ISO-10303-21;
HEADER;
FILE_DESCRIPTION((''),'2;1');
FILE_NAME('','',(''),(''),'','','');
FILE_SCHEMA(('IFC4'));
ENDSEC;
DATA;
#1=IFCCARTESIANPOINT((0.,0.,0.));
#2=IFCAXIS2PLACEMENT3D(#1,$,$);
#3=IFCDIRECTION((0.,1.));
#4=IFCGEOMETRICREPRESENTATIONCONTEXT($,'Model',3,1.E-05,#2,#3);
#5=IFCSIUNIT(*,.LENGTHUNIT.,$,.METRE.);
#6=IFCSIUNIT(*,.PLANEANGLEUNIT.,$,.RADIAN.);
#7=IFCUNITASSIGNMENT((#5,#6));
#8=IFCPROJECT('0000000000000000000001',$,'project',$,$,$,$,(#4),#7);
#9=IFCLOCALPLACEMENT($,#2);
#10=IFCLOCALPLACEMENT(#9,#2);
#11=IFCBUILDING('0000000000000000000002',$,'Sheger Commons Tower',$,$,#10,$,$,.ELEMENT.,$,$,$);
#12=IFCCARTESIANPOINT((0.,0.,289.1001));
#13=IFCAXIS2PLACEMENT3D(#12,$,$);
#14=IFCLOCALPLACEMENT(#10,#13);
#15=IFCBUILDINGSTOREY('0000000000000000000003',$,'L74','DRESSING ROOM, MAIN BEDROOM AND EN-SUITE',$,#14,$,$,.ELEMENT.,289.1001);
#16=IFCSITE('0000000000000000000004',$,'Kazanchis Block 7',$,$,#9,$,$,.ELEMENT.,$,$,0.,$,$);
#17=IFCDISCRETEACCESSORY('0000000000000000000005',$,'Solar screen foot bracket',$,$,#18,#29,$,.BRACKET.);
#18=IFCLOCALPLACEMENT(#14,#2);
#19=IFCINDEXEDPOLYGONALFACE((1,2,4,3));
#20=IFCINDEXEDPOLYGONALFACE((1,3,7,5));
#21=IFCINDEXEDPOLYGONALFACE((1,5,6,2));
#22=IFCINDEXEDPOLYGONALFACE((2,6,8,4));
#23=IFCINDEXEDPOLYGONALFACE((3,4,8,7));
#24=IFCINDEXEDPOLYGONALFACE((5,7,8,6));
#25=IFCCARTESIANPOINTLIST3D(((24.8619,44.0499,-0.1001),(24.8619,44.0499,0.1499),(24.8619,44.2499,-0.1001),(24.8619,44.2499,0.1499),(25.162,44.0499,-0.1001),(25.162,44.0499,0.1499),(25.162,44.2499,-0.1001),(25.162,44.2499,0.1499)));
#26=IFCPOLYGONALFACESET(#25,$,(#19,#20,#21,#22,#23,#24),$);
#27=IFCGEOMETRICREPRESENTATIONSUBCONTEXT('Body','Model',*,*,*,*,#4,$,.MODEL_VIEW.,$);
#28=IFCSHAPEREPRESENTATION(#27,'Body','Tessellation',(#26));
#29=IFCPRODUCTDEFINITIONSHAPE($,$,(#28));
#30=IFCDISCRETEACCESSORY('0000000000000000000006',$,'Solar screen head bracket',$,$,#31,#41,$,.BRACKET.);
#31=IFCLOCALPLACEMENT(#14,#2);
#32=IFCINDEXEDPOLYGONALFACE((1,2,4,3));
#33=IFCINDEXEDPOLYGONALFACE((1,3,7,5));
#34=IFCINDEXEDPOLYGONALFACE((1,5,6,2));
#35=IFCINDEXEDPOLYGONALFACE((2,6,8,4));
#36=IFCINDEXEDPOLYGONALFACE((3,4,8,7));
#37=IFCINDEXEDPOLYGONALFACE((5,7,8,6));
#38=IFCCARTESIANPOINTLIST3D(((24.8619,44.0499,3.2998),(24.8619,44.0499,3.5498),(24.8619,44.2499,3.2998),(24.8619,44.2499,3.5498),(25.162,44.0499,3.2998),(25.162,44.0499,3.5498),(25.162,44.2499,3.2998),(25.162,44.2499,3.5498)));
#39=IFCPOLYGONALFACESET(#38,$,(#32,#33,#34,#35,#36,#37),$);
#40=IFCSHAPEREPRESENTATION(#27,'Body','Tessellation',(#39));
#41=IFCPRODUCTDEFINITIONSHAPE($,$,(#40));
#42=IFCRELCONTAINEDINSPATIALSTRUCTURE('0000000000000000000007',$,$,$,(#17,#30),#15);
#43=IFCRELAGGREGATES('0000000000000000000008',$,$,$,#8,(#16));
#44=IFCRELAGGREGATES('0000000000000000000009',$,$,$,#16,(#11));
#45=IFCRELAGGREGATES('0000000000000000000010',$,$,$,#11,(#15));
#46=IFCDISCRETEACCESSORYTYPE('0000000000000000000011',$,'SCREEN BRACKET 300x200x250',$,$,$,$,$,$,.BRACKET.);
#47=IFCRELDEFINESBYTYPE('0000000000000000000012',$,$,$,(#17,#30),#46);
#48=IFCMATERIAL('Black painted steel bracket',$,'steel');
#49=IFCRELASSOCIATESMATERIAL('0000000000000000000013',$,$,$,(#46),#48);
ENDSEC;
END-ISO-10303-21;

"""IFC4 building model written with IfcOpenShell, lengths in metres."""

from ifc_helpers import new_model, si_unit, direction, frame, origin, origin_2d, place, context, subcontext, project, spatial, rectangle, extrude, material, type_object, element, save


model = new_model("IFC4")

# Units and contexts
model_context = context("Model", 3, precision=1e-05, world=origin(), true_north=direction((0.0, 1.0)))
body_context = subcontext(model_context, "Body", "Model", "MODEL_VIEW")
ifc_project = project(units=[si_unit("LENGTHUNIT", "METRE"), si_unit("PLANEANGLEUNIT", "RADIAN")], contexts=[model_context])

# Site, building, storey
site_placement = place(None, origin())
site = spatial("IfcSite", under=ifc_project, at=site_placement, Name="Kazanchis Block 7", CompositionType="ELEMENT", RefElevation=0.0)
building_placement = place(site_placement, origin())
building = spatial("IfcBuilding", under=site, at=building_placement, Name="Sheger Commons Tower", CompositionType="ELEMENT")
storey_placement = place(building_placement, frame((0.0, 0.0, 289.1001)))
storey = spatial("IfcBuildingStorey", under=building, at=storey_placement, Name="L74", Description="DRESSING ROOM, MAIN BEDROOM AND EN-SUITE", CompositionType="ELEMENT", Elevation=289.1001)

# Discrete accessories
ifc_material_1 = material(Name="Black painted steel bracket", Category="steel")
discrete_accessory_type = type_object("IfcDiscreteAccessoryType", Name="SCREEN BRACKET 300x200x250", PredefinedType="BRACKET", material=ifc_material_1)
for number, where, z_axis, x_axis, name in (
    (1, (25.012, 44.1499, -0.1001), (0.0, 0.0, 1.0), (-1.0, 0.0, 0.0), "Solar screen foot bracket"),
    (2, (25.012, 44.1499, 3.2998), (0.0, 0.0, 1.0), (-1.0, 0.0, 0.0), "Solar screen head bracket"),
):
    element("IfcDiscreteAccessory", number, at=place(storey_placement, frame(where, z_axis=z_axis, x_axis=x_axis)), inside=storey, type_object=discrete_accessory_type, Name=name, PredefinedType="BRACKET", context=body_context, shape_type="SweptSolid", body=[
        extrude(rectangle(XDim=0.3, YDim=0.2, at=origin_2d()), origin(), (0.0, 0.0, 1.0), 0.25),
    ])

save(model, "model.ifc")
